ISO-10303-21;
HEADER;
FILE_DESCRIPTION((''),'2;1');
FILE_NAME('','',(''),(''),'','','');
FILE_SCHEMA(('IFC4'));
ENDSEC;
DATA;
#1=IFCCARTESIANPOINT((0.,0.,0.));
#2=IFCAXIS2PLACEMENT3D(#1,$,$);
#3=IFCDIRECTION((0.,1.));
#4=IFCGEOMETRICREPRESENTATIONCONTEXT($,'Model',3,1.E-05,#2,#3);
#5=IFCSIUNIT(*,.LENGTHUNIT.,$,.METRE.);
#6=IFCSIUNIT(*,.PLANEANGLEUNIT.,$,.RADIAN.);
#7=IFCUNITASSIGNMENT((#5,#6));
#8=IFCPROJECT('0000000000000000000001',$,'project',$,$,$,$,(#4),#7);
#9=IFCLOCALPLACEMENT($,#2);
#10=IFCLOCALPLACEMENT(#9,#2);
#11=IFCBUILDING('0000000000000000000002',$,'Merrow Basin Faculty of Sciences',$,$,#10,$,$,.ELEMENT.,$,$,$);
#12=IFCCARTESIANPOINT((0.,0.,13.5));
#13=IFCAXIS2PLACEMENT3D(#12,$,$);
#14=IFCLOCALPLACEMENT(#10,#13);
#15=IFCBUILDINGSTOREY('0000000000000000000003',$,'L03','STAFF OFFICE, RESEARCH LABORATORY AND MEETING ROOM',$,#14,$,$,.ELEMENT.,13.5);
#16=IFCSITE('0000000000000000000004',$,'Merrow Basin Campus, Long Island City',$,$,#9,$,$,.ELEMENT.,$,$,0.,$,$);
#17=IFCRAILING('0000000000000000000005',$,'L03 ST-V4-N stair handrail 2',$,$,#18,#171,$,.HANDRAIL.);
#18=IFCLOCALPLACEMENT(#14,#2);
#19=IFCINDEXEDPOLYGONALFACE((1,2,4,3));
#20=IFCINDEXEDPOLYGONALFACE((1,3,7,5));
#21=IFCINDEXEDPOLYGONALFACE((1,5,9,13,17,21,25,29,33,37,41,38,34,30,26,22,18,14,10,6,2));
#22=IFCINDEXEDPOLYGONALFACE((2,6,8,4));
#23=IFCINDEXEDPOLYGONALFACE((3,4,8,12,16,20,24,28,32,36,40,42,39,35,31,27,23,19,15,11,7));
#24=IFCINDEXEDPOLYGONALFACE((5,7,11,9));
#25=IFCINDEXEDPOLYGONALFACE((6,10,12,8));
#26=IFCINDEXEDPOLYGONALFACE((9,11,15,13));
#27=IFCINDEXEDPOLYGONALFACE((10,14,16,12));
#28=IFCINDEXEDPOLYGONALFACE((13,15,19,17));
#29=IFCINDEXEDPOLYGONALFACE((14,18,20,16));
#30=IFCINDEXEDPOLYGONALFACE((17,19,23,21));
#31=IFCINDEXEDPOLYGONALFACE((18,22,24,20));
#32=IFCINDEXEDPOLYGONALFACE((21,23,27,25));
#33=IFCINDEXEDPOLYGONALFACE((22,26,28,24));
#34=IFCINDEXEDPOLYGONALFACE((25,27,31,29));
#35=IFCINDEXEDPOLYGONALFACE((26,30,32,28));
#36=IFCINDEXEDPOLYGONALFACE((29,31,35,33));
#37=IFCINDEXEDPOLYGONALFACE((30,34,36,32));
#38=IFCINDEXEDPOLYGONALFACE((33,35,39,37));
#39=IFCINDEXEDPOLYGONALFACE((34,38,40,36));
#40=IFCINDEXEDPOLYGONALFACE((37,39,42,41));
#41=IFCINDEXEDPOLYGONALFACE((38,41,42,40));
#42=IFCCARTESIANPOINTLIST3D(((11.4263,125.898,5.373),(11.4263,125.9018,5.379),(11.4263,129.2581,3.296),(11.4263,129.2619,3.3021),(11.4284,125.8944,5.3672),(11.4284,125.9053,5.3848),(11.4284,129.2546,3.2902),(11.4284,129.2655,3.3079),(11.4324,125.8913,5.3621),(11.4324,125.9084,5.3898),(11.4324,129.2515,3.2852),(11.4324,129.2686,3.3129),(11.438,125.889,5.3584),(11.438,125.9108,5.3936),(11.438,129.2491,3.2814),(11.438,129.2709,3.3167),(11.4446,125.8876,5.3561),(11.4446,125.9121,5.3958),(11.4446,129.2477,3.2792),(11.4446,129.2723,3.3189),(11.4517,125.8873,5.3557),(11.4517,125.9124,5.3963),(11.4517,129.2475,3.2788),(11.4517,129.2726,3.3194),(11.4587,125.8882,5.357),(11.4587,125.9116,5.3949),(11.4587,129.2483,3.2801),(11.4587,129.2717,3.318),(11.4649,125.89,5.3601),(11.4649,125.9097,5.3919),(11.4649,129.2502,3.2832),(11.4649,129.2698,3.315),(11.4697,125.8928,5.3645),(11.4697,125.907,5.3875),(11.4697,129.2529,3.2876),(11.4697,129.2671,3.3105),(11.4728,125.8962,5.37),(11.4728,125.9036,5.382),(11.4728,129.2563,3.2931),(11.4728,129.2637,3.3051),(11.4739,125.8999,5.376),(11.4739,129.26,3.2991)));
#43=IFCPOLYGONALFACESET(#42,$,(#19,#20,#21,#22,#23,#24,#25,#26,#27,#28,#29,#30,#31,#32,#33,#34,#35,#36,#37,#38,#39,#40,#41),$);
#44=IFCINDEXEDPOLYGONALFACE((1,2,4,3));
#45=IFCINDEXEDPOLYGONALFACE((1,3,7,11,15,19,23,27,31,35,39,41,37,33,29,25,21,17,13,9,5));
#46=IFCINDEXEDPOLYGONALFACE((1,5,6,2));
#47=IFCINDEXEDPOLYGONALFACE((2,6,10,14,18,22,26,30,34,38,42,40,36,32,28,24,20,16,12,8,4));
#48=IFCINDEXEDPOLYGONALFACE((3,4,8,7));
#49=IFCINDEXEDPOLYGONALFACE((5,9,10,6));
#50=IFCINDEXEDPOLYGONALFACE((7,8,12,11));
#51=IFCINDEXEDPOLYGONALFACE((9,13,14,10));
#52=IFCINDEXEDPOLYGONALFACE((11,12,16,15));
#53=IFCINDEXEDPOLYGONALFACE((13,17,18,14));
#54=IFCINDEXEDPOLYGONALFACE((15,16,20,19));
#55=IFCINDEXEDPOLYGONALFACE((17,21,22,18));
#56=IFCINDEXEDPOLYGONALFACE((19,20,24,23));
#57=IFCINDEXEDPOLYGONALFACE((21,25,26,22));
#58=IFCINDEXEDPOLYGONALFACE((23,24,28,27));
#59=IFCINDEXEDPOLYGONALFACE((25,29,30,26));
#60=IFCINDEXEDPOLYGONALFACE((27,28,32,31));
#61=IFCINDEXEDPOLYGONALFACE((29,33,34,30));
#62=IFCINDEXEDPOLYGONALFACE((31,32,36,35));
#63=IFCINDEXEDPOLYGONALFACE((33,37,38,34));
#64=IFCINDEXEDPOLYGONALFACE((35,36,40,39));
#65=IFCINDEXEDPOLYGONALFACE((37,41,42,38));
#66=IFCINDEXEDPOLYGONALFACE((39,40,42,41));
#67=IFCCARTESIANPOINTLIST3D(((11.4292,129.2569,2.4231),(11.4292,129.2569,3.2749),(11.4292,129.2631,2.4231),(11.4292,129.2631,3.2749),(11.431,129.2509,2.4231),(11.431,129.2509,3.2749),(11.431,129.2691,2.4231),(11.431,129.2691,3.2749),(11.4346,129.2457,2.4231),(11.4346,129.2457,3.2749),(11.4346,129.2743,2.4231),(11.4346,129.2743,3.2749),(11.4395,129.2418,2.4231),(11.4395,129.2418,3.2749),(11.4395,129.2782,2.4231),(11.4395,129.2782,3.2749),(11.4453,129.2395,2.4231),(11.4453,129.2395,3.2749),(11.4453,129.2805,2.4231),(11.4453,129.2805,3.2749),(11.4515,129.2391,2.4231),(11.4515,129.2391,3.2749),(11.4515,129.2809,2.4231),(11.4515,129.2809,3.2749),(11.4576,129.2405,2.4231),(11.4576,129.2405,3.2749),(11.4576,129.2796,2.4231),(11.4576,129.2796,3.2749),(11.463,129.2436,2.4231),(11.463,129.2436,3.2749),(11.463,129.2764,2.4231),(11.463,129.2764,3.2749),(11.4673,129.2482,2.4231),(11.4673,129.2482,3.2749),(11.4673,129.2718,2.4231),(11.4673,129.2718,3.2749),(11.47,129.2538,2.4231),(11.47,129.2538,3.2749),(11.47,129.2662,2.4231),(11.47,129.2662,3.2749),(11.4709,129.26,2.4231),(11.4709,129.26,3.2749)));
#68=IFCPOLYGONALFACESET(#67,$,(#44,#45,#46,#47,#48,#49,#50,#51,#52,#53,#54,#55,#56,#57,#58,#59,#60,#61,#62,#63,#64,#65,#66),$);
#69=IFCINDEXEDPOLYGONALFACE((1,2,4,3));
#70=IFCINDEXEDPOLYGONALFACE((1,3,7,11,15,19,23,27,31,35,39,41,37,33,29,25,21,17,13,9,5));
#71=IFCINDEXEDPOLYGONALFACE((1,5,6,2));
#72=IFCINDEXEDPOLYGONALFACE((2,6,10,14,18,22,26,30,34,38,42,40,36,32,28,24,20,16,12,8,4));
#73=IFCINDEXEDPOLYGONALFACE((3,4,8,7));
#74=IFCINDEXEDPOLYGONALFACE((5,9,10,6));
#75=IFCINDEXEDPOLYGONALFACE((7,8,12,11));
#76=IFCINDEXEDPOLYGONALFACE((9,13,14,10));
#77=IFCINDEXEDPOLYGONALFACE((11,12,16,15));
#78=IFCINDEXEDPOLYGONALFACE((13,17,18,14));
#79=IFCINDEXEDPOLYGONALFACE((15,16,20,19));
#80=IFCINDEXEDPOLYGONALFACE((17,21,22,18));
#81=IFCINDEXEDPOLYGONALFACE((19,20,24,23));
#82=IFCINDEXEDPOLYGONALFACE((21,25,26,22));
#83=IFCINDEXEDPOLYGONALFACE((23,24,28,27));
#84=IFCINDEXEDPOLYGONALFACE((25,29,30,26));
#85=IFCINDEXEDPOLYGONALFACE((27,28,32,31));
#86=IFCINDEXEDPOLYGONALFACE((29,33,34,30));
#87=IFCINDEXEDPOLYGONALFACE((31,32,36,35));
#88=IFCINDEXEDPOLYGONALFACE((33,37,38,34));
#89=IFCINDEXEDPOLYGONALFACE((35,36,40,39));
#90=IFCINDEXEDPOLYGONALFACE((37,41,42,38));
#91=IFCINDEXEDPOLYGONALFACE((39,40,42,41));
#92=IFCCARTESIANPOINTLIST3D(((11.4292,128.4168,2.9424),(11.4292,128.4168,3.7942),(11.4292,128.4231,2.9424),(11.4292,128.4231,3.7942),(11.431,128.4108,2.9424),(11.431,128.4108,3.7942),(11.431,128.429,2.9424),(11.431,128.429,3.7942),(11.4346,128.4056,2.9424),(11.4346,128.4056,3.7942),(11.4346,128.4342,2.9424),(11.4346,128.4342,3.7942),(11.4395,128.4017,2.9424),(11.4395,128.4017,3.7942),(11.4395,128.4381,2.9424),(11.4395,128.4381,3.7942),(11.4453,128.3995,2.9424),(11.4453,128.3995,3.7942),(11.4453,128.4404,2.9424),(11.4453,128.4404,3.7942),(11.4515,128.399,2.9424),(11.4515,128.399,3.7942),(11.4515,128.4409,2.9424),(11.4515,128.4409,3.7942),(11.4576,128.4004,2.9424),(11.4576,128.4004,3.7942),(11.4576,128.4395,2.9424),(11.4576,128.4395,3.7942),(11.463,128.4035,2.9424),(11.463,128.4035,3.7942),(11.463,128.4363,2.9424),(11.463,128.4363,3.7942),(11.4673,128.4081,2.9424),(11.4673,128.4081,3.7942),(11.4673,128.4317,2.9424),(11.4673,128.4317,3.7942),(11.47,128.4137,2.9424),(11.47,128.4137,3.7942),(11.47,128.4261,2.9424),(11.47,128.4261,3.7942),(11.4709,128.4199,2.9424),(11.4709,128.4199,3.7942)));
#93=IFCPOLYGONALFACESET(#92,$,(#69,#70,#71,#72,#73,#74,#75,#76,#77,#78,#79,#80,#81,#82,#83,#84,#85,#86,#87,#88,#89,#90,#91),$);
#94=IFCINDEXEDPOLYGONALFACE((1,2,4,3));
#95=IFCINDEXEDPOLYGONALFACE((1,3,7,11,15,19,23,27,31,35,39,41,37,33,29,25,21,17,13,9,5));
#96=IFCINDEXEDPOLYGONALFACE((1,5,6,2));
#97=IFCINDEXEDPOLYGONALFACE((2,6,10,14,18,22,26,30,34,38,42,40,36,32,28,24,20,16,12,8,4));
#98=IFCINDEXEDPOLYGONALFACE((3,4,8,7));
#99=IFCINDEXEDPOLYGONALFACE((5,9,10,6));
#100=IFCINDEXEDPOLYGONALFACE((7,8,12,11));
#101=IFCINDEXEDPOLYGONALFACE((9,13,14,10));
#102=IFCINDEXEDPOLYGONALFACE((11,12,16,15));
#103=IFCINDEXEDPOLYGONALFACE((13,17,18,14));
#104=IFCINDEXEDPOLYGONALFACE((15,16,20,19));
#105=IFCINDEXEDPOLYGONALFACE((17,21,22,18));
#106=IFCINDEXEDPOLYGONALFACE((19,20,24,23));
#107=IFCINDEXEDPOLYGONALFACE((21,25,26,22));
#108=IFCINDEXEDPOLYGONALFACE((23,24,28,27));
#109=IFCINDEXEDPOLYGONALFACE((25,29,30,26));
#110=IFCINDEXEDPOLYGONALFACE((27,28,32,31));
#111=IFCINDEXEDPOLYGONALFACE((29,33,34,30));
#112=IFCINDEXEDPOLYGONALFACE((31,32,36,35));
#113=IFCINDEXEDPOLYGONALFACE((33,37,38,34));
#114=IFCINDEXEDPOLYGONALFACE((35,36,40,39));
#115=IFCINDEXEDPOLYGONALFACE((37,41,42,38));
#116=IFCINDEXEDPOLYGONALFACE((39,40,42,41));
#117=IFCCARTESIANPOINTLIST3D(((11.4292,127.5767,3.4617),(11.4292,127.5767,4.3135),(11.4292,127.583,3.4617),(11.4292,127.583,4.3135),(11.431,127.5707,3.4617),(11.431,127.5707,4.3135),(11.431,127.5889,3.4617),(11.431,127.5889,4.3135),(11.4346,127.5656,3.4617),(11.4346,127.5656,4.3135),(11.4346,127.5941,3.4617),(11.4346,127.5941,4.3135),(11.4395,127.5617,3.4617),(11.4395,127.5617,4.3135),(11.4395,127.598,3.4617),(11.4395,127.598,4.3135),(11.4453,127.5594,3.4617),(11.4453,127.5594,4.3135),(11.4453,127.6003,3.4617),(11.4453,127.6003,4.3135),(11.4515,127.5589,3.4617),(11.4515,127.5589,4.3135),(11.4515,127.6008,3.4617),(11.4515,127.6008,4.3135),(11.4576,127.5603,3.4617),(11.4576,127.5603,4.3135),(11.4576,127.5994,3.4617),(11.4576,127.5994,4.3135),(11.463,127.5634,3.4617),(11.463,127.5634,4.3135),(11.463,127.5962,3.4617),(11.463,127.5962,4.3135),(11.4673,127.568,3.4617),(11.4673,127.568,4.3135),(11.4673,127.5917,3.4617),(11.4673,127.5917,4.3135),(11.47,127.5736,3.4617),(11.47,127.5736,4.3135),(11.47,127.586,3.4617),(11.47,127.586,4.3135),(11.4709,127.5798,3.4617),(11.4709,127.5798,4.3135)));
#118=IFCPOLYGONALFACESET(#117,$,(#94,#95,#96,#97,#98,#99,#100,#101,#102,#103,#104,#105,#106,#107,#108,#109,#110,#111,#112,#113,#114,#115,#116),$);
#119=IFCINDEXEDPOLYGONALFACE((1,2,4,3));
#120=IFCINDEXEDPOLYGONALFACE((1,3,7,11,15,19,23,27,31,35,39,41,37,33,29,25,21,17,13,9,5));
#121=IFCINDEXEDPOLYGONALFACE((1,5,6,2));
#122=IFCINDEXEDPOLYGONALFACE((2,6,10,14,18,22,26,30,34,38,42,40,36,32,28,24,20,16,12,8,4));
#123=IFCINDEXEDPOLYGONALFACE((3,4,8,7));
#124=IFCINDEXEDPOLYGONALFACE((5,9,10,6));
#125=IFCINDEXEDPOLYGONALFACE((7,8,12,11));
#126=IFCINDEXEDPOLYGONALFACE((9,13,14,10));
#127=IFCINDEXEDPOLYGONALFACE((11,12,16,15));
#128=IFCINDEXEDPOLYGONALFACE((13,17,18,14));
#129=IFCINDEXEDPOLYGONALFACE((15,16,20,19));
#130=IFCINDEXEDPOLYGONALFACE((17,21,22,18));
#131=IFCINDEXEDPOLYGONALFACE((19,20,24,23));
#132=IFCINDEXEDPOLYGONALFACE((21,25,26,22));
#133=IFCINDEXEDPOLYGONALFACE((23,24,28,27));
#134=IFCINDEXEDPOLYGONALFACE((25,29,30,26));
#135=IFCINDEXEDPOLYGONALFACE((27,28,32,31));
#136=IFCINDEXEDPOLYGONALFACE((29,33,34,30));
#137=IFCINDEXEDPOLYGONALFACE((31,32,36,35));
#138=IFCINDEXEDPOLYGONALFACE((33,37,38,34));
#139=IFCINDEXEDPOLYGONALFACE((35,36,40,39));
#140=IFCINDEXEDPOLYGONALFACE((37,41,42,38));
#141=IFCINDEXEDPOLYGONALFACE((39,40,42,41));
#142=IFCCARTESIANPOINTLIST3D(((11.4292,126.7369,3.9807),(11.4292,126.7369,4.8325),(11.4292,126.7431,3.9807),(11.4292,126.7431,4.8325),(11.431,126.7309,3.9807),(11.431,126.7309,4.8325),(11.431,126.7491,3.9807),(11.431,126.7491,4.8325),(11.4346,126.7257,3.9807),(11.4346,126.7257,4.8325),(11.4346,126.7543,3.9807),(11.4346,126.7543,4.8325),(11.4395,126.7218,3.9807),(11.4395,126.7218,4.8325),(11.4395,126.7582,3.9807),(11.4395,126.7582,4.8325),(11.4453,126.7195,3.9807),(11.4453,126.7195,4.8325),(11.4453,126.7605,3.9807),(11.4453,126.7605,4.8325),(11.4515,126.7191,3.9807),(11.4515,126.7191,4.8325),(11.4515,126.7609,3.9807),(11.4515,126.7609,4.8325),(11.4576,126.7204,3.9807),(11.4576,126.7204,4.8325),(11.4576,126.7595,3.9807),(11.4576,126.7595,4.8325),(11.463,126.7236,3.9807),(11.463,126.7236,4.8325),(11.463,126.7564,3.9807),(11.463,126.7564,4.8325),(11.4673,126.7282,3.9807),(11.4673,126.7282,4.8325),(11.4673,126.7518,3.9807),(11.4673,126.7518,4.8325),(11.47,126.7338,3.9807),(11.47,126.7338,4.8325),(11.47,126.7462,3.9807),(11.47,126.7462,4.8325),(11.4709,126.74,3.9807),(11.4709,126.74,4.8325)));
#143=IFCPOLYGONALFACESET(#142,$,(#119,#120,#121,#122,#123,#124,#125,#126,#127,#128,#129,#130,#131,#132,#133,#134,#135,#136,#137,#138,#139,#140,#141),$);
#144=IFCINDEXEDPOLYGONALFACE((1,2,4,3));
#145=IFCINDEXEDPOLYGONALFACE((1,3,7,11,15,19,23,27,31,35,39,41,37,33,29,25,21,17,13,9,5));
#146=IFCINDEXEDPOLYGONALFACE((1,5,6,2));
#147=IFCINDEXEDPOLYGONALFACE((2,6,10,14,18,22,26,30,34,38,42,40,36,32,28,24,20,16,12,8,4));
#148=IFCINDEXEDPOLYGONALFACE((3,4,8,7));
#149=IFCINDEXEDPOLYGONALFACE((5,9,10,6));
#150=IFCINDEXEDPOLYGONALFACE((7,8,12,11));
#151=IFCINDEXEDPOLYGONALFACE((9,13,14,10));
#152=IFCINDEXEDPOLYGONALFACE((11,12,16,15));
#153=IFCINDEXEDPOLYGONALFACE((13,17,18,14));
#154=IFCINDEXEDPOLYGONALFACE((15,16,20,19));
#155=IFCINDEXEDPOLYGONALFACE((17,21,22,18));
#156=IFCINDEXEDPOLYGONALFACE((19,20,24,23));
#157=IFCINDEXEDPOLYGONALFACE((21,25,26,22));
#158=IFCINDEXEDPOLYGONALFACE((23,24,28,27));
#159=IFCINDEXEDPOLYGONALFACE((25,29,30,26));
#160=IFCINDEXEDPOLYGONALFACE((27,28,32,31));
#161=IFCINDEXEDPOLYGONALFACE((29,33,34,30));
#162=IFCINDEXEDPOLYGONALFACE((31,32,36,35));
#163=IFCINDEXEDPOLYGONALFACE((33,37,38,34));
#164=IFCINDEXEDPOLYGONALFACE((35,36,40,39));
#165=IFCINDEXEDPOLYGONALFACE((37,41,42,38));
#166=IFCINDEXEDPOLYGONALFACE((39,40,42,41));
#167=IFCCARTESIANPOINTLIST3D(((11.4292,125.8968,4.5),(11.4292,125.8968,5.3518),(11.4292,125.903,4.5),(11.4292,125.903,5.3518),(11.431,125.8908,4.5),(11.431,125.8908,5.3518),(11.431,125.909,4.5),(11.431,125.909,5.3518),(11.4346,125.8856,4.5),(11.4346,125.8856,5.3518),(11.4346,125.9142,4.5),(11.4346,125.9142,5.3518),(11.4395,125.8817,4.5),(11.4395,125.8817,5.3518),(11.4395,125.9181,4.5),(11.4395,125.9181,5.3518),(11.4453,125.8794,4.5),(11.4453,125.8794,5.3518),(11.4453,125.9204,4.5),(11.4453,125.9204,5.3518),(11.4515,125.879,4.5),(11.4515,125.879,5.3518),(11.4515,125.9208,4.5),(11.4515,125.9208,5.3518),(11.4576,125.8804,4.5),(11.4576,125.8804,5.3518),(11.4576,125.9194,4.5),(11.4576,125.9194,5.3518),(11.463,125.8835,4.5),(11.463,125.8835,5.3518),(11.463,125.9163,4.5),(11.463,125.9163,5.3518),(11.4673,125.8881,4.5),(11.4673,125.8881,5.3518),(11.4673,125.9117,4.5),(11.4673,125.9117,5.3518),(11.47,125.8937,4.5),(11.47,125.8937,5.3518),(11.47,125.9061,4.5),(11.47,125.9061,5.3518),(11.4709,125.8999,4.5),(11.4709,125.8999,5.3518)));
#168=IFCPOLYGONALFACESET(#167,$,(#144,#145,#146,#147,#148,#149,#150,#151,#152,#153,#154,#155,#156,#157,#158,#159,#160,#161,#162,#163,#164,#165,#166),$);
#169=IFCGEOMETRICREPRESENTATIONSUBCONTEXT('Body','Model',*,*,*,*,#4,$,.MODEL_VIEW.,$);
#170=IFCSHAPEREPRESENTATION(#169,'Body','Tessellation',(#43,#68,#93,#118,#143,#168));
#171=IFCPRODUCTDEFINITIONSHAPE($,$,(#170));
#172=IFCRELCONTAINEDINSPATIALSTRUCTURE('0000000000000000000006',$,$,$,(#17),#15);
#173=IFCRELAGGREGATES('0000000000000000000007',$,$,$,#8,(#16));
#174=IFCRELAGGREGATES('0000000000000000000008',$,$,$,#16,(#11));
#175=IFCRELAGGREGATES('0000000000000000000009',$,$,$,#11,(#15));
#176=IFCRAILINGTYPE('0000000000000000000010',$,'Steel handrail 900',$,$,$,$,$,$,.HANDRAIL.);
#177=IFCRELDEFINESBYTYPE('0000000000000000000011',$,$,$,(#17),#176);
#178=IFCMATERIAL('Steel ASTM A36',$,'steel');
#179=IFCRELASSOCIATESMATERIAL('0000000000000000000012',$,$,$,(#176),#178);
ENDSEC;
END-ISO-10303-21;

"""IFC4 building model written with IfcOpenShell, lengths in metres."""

from ifc_helpers import new_model, si_unit, direction, frame, origin, origin_2d, place, context, subcontext, project, spatial, circle, extrude, material, type_object, element, save


model = new_model("IFC4")

# Units and contexts
model_context = context("Model", 3, precision=1e-05, world=origin(), true_north=direction((0.0, 1.0)))
body_context = subcontext(model_context, "Body", "Model", "MODEL_VIEW")
ifc_project = project(units=[si_unit("LENGTHUNIT", "METRE"), si_unit("PLANEANGLEUNIT", "RADIAN")], contexts=[model_context])

# Site, building, storey
site_placement = place(None, origin())
site = spatial("IfcSite", under=ifc_project, at=site_placement, Name="Merrow Basin Campus, Long Island City", CompositionType="ELEMENT", RefElevation=0.0)
building_placement = place(site_placement, origin())
building = spatial("IfcBuilding", under=site, at=building_placement, Name="Merrow Basin Faculty of Sciences", CompositionType="ELEMENT")
storey_placement = place(building_placement, frame((0.0, 0.0, 13.5)))
storey = spatial("IfcBuildingStorey", under=building, at=storey_placement, Name="L03", Description="STAFF OFFICE, RESEARCH LABORATORY AND MEETING ROOM", CompositionType="ELEMENT", Elevation=13.5)

# Railing
ifc_material_1 = material(Name="Steel ASTM A36", Category="steel")
railing_type_1 = type_object("IfcRailingType", Name="Steel handrail 900", PredefinedType="HANDRAIL", material=ifc_material_1)
railing_1_placement = place(storey_placement, frame((11.45, 129.26, 2.4231)))
element("IfcRailing", 1, at=railing_1_placement, inside=storey, type_object=railing_type_1, Name="L03 ST-V4-N stair handrail 2", PredefinedType="HANDRAIL", context=body_context, shape_type="SweptSolid", body=[
    extrude(circle(Radius=0.0239, at=origin_2d()), frame((0.0, 0.0, 0.876), z_axis=(0.0, -0.850623, 0.525776), x_axis=(1.0, 0.0, 0.0)), (0.0, 0.0, 1.0), 3.9502),
    extrude(circle(Radius=0.021, at=origin_2d()), origin(), (0.0, 0.0, 1.0), 0.8518),
    extrude(circle(Radius=0.021, at=origin_2d()), frame((0.0, -0.8401, 0.5193)), (0.0, 0.0, 1.0), 0.8518),
    extrude(circle(Radius=0.021, at=origin_2d()), frame((0.0, -1.6802, 1.0386)), (0.0, 0.0, 1.0), 0.8518),
    extrude(circle(Radius=0.021, at=origin_2d()), frame((0.0, -2.52, 1.5576)), (0.0, 0.0, 1.0), 0.8518),
    extrude(circle(Radius=0.021, at=origin_2d()), frame((0.0, -3.3601, 2.0769)), (0.0, 0.0, 1.0), 0.8518),
])

save(model, "model.ifc")
